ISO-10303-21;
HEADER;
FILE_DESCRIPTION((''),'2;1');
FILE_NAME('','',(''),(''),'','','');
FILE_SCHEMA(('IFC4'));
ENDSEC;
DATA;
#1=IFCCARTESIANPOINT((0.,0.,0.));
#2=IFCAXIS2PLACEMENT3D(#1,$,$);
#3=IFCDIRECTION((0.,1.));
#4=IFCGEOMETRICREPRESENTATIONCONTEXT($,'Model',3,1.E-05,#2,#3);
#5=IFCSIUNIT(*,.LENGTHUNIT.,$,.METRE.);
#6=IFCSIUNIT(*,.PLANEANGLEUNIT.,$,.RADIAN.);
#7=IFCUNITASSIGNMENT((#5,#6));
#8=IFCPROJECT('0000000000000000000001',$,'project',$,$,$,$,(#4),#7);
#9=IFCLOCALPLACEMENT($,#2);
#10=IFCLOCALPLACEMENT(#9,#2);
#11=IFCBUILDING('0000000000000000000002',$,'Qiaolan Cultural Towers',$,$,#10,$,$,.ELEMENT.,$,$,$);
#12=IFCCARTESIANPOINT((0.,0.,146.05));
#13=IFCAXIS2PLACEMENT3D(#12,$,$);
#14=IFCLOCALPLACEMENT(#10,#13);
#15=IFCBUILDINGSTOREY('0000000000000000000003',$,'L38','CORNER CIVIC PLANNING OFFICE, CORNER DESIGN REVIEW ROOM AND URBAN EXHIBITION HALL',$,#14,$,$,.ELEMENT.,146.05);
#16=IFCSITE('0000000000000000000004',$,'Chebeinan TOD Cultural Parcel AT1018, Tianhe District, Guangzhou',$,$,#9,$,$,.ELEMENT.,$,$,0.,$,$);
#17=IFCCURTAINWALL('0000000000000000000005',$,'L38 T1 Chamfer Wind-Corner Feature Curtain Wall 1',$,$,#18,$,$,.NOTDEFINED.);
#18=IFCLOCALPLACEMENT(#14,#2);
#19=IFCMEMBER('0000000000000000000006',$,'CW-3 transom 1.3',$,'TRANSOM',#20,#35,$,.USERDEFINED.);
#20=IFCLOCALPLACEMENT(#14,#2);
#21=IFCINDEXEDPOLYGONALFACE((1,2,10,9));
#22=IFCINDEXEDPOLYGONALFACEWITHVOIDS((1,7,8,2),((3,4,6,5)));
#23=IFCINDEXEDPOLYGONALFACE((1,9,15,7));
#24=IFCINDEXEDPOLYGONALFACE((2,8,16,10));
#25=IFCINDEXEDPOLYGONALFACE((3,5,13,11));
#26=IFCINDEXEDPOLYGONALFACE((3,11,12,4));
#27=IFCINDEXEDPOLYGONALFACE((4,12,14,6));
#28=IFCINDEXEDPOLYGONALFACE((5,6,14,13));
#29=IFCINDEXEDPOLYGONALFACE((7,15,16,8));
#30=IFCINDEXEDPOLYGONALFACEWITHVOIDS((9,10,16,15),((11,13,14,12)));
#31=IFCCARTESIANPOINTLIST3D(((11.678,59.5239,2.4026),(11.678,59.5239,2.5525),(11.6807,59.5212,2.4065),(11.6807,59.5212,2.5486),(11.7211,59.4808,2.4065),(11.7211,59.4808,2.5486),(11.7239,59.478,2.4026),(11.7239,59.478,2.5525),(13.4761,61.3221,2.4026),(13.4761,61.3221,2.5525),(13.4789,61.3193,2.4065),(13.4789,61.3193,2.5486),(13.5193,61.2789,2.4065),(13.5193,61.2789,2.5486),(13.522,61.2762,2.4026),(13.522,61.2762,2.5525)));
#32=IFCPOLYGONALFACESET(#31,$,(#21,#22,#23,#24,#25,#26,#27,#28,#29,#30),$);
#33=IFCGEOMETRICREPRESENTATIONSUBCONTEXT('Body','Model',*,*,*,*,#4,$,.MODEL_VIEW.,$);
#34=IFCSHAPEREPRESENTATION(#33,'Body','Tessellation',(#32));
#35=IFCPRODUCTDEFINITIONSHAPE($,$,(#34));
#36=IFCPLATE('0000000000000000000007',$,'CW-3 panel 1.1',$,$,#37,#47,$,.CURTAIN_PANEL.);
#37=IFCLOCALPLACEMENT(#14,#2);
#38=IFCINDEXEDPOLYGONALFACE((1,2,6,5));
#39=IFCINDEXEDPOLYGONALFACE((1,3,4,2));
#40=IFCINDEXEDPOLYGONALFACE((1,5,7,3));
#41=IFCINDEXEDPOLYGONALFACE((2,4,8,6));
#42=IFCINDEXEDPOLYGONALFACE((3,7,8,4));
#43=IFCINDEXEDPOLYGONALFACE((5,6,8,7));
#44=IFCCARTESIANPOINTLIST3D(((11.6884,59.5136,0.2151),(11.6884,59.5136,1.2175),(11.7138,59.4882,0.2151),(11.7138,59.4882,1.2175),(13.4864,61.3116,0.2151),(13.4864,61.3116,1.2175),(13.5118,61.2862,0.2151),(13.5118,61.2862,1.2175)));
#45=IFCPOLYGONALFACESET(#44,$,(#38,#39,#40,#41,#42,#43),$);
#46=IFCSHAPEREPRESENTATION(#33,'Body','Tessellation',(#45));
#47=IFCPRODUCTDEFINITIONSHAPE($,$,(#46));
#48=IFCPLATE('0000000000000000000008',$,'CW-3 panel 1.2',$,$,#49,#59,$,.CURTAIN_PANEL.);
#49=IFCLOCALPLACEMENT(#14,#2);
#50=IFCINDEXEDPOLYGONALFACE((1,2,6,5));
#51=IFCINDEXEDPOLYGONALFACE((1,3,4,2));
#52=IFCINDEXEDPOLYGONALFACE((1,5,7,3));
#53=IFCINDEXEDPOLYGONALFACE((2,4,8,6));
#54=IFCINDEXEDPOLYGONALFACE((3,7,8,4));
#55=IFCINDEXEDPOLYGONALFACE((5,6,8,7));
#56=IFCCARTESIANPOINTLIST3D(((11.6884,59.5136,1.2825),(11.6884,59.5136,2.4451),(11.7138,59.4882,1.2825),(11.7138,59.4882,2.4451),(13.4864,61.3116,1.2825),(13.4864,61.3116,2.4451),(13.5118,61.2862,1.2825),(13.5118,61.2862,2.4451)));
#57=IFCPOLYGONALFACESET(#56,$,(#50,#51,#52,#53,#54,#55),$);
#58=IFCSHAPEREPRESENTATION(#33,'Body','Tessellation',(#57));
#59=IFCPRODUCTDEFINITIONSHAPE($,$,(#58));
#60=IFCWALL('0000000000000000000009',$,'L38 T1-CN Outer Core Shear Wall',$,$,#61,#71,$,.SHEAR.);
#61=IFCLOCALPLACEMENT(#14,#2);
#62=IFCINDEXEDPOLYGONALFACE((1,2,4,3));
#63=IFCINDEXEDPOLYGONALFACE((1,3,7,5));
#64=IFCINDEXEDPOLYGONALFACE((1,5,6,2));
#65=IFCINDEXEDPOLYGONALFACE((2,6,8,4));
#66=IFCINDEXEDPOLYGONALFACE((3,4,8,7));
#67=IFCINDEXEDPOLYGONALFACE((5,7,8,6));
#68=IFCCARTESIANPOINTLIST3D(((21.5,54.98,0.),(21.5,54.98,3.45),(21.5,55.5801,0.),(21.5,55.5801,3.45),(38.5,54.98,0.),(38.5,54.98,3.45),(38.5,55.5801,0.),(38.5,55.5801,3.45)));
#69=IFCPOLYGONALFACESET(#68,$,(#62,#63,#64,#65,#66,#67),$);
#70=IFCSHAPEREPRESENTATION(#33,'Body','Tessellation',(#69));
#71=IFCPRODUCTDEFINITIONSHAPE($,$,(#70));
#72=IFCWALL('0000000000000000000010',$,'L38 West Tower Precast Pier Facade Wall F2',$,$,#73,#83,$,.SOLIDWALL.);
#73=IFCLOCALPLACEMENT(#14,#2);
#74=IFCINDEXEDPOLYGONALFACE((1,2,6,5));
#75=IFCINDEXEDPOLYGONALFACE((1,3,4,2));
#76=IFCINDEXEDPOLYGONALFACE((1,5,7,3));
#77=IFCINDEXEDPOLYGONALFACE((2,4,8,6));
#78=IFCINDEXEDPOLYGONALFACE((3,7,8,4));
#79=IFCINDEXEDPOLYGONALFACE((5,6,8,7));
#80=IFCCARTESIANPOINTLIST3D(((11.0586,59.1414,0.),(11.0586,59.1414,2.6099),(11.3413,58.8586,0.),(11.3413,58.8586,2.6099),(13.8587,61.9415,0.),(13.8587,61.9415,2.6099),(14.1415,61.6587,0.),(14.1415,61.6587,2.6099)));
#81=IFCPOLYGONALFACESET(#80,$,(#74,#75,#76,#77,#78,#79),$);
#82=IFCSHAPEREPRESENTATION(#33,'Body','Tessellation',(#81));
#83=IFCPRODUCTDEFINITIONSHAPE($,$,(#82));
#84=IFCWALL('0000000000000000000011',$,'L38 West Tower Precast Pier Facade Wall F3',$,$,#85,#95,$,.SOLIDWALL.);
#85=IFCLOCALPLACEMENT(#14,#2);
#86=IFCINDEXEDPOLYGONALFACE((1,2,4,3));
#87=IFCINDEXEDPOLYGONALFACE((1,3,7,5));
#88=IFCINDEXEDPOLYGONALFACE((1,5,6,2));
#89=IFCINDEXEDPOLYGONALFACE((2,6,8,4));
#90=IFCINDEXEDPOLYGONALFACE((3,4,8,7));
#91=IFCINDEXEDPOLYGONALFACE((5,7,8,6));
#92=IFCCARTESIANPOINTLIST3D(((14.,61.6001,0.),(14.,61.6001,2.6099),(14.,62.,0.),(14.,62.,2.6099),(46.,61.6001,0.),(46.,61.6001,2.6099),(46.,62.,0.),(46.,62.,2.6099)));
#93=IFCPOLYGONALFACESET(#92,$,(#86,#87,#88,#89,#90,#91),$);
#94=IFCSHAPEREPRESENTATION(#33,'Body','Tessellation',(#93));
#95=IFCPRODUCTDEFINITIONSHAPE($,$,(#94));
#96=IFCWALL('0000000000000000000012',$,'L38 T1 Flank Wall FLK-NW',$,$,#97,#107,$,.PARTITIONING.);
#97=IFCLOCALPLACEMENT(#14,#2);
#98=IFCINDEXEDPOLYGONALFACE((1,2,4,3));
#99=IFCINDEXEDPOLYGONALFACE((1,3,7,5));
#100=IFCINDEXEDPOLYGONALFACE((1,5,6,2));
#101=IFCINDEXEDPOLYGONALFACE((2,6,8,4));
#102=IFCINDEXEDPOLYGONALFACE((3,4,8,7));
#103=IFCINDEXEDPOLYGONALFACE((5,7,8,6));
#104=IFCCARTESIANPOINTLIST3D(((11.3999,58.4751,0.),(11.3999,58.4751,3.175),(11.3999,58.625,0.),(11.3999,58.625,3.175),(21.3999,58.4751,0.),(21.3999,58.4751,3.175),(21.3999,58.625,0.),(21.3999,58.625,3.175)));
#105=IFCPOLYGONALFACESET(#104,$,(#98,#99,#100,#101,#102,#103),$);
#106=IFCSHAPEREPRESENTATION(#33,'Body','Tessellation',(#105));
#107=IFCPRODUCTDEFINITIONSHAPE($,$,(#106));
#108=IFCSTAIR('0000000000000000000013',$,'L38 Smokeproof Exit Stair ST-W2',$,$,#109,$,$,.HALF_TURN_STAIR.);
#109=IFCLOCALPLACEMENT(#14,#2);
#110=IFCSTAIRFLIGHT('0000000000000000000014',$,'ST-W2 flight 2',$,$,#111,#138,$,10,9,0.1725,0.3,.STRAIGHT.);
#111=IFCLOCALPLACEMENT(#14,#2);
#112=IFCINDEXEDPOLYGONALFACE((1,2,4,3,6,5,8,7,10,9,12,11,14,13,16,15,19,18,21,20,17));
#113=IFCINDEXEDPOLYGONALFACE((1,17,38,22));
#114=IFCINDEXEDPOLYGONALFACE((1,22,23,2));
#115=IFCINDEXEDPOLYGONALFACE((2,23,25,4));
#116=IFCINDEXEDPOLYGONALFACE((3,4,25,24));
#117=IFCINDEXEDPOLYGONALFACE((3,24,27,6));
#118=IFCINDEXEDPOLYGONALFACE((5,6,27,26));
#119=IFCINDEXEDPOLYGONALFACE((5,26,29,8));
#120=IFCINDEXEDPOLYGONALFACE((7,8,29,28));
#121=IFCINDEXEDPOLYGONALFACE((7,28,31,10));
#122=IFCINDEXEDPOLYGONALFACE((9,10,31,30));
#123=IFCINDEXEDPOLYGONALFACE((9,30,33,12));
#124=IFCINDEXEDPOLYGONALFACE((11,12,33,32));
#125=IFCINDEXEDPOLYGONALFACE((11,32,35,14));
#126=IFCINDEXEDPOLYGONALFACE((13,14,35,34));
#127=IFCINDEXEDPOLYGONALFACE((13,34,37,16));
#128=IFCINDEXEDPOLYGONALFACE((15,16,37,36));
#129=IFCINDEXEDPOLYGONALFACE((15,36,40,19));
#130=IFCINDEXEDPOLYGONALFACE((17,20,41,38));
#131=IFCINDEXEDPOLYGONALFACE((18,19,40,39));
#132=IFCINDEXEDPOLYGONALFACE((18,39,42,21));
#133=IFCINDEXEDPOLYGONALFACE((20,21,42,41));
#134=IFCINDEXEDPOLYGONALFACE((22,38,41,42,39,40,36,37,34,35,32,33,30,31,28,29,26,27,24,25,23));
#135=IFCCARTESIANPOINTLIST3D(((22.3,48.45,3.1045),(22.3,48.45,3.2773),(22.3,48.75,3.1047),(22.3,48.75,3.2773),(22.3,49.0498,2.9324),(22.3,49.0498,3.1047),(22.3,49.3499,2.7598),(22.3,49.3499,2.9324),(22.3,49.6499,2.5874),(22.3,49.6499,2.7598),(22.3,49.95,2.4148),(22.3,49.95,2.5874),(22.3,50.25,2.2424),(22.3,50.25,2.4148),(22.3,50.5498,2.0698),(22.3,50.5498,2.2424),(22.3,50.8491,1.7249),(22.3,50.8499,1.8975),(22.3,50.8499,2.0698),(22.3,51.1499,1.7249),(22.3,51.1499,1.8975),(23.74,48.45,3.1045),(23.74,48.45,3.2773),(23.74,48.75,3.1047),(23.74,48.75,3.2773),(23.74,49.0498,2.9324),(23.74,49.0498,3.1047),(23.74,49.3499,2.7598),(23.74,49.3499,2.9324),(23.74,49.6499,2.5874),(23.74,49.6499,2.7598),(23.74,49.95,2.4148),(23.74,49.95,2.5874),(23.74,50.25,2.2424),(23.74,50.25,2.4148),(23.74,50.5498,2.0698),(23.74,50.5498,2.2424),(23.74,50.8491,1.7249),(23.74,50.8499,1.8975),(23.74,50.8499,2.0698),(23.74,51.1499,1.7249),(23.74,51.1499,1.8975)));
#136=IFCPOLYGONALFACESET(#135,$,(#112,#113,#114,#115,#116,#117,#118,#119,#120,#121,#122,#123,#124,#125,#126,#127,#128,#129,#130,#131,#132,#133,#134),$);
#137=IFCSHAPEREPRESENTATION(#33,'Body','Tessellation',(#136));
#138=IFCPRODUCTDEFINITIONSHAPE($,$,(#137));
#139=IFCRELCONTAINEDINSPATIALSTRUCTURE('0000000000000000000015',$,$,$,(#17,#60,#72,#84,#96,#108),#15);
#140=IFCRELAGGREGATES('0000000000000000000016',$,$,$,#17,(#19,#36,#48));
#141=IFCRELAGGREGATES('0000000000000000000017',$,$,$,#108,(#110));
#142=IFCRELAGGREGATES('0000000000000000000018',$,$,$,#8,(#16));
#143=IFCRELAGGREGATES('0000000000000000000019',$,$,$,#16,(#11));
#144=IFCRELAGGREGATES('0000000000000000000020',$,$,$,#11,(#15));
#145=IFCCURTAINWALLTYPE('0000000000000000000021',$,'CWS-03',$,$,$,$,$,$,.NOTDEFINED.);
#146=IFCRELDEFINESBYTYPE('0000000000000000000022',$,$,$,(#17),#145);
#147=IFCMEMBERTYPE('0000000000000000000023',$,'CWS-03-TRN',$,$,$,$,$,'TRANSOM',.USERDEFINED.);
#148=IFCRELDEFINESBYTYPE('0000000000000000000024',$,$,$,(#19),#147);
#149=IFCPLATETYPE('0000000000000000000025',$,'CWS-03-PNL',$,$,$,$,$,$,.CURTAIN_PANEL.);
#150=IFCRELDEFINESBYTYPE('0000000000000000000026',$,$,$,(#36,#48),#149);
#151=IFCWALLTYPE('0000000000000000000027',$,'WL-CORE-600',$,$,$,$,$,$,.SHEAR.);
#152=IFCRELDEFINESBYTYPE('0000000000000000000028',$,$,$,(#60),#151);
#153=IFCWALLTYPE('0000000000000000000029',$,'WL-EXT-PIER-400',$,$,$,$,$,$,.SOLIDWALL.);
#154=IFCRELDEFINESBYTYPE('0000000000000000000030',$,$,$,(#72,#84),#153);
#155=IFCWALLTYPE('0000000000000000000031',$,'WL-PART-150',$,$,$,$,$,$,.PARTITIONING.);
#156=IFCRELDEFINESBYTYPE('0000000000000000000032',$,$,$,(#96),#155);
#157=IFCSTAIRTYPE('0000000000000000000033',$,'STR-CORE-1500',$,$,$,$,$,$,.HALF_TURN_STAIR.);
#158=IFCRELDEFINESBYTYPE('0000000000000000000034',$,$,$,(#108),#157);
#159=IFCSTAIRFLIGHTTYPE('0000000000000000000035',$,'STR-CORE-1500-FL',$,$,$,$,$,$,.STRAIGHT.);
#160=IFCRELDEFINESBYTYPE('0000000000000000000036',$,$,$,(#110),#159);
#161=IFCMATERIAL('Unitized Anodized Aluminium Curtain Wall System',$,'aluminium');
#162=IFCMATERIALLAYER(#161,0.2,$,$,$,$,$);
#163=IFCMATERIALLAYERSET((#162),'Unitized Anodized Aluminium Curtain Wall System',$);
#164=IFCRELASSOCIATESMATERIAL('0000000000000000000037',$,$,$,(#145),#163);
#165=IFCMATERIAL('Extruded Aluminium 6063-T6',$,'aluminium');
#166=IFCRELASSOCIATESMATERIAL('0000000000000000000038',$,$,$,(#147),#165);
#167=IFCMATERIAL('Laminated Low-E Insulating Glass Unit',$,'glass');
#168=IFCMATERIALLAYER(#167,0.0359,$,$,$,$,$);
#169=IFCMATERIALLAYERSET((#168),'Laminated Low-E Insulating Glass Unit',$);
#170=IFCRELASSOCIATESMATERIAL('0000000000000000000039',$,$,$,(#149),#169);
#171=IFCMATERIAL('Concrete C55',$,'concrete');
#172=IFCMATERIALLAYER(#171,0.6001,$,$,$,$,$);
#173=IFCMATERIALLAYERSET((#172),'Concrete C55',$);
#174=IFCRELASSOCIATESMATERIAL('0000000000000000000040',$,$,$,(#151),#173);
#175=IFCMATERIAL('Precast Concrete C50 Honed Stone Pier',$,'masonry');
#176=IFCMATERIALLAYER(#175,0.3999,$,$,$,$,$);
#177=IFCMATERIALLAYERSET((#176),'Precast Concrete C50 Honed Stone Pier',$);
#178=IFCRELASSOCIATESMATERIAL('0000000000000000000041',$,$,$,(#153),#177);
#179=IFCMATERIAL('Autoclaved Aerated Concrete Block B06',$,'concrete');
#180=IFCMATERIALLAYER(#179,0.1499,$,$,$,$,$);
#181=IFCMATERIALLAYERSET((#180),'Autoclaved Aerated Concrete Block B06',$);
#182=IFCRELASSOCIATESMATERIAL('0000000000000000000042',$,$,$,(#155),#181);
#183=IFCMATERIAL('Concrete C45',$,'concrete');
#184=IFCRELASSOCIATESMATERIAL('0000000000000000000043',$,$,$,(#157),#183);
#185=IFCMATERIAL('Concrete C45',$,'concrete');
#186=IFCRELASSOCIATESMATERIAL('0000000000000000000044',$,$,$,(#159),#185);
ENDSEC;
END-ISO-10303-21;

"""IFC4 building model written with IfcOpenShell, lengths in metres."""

from ifc_helpers import new_model, si_unit, direction, frame, frame_2d, origin, origin_2d, place, context, subcontext, project, spatial, polyline, rectangle, hollow_rectangle, outline, extrude, material, layer, layer_set, material_profile, profile_set, type_object, element, aggregate, save


model = new_model("IFC4")

# Units and contexts
model_context = context("Model", 3, precision=1e-05, world=origin(), true_north=direction((0.0, 1.0)))
body_context = subcontext(model_context, "Body", "Model", "MODEL_VIEW")
ifc_project = project(units=[si_unit("LENGTHUNIT", "METRE"), si_unit("PLANEANGLEUNIT", "RADIAN")], contexts=[model_context])

# Site, building, storey
site_placement = place(None, origin())
site = spatial("IfcSite", under=ifc_project, at=site_placement, Name="Chebeinan TOD Cultural Parcel AT1018, Tianhe District, Guangzhou", CompositionType="ELEMENT", RefElevation=0.0)
building_placement = place(site_placement, origin())
building = spatial("IfcBuilding", under=site, at=building_placement, Name="Qiaolan Cultural Towers", CompositionType="ELEMENT")
storey_placement = place(building_placement, frame((0.0, 0.0, 146.05)))
storey = spatial("IfcBuildingStorey", under=building, at=storey_placement, Name="L38", Description="CORNER CIVIC PLANNING OFFICE, CORNER DESIGN REVIEW ROOM AND URBAN EXHIBITION HALL", CompositionType="ELEMENT", Elevation=146.05)

# Curtain wall, member, plates
ifc_material_1 = material(Name="Unitized Anodized Aluminium Curtain Wall System", Category="aluminium")
ifc_layer_1 = layer(ifc_material_1, 0.2)
ifc_layer_set_1 = layer_set([ifc_layer_1], Name="Unitized Anodized Aluminium Curtain Wall System")
curtain_wall_type = type_object("IfcCurtainWallType", Name="CWS-03", PredefinedType="NOTDEFINED", material=ifc_layer_set_1)
curtain_wall_placement = place(storey_placement, origin())
curtain_wall = element("IfcCurtainWall", 1, at=curtain_wall_placement, inside=storey, type_object=curtain_wall_type, Name="L38 T1 Chamfer Wind-Corner Feature Curtain Wall 1", PredefinedType="NOTDEFINED")
ifc_material_2 = material(Name="Extruded Aluminium 6063-T6", Category="aluminium")
ifc_material_profile_1 = material_profile(ifc_material_2, hollow_rectangle(XDim=0.0649, YDim=0.1499, WallThickness=0.0039, at=origin_2d()), Name="CWT-150x65x4")
ifc_profile_set_1 = profile_set([ifc_material_profile_1], Name="Extruded Aluminium 6063-T6")
member_type_1 = type_object("IfcMemberType", Name="CWS-03-TRN", ElementType="TRANSOM", PredefinedType="USERDEFINED", material=ifc_profile_set_1)
member_1_placement = place(storey_placement, frame((11.7009, 59.501, 2.4775), z_axis=(0.707107, 0.707107, 0.0), x_axis=(-0.707107, 0.707107, 0.0)))
member_1 = element("IfcMember", 2, at=member_1_placement, type_object=member_type_1, Name="CW-3 transom 1.3", ObjectType="TRANSOM", PredefinedType="USERDEFINED", context=body_context, shape_type="SweptSolid", body=[
    extrude(hollow_rectangle(XDim=0.0649, YDim=0.1499, WallThickness=0.0039, at=origin_2d()), origin(), (0.0, 0.0, 1.0), 2.543),
])
ifc_material_3 = material(Name="Laminated Low-E Insulating Glass Unit", Category="glass")
ifc_layer_2 = layer(ifc_material_3, 0.0359)
ifc_layer_set_2 = layer_set([ifc_layer_2], Name="Laminated Low-E Insulating Glass Unit")
plate_type = type_object("IfcPlateType", Name="CWS-03-PNL", PredefinedType="CURTAIN_PANEL", material=ifc_layer_set_2)
plate_1_placement = place(storey_placement, frame((12.6001, 60.3999, 0.2151), z_axis=(0.0, 0.0, 1.0), x_axis=(0.707107, 0.707107, 0.0)))
plate_1 = element("IfcPlate", 3, at=plate_1_placement, type_object=plate_type, Name="CW-3 panel 1.1", PredefinedType="CURTAIN_PANEL", context=body_context, shape_type="SweptSolid", body=[
    extrude(rectangle(XDim=2.5427, YDim=0.0359, at=origin_2d()), origin(), (0.0, 0.0, 1.0), 1.0024),
])
plate_2_placement = place(storey_placement, frame((12.6001, 60.3999, 1.2825), z_axis=(0.0, 0.0, 1.0), x_axis=(0.707107, 0.707107, 0.0)))
plate_2 = element("IfcPlate", 4, at=plate_2_placement, type_object=plate_type, Name="CW-3 panel 1.2", PredefinedType="CURTAIN_PANEL", context=body_context, shape_type="SweptSolid", body=[
    extrude(rectangle(XDim=2.5427, YDim=0.0359, at=origin_2d()), origin(), (0.0, 0.0, 1.0), 1.1626),
])
aggregate(curtain_wall, [member_1, plate_1, plate_2])

# Walls
ifc_material_4 = material(Name="Concrete C55", Category="concrete")
ifc_layer_3 = layer(ifc_material_4, 0.6001)
ifc_layer_set_3 = layer_set([ifc_layer_3], Name="Concrete C55")
wall_type_1 = type_object("IfcWallType", Name="WL-CORE-600", PredefinedType="SHEAR", material=ifc_layer_set_3)
wall_1_placement = place(storey_placement, frame((21.5, 55.28, 0.0), z_axis=(0.0, 0.0, 1.0), x_axis=(1.0, 0.0, 0.0)))
element("IfcWall", 5, at=wall_1_placement, inside=storey, type_object=wall_type_1, Name="L38 T1-CN Outer Core Shear Wall", PredefinedType="SHEAR", context=body_context, shape_type="SweptSolid", body=[
    extrude(rectangle(XDim=17.0, YDim=0.6001, at=frame_2d((8.5, 0.0))), origin(), (0.0, 0.0, 1.0), 3.45),
])
ifc_material_5 = material(Name="Precast Concrete C50 Honed Stone Pier", Category="masonry")
ifc_layer_4 = layer(ifc_material_5, 0.3999)
ifc_layer_set_4 = layer_set([ifc_layer_4], Name="Precast Concrete C50 Honed Stone Pier")
wall_type_2 = type_object("IfcWallType", Name="WL-EXT-PIER-400", PredefinedType="SOLIDWALL", material=ifc_layer_set_4)
wall_2_placement = place(storey_placement, frame((11.2, 59.0, 0.0), z_axis=(0.0, 0.0, 1.0), x_axis=(0.707107, 0.707107, 0.0)))
element("IfcWall", 6, at=wall_2_placement, inside=storey, type_object=wall_type_2, Name="L38 West Tower Precast Pier Facade Wall F2", PredefinedType="SOLIDWALL", context=body_context, shape_type="SweptSolid", body=[
    extrude(rectangle(XDim=3.96, YDim=0.3999, at=frame_2d((1.98, 0.0))), origin(), (0.0, 0.0, 1.0), 2.6099),
])
wall_3_placement = place(storey_placement, frame((14.0, 61.8, 0.0), z_axis=(0.0, 0.0, 1.0), x_axis=(1.0, 0.0, 0.0)))
element("IfcWall", 7, at=wall_3_placement, inside=storey, type_object=wall_type_2, Name="L38 West Tower Precast Pier Facade Wall F3", PredefinedType="SOLIDWALL", context=body_context, shape_type="SweptSolid", body=[
    extrude(rectangle(XDim=32.0, YDim=0.3999, at=frame_2d((16.0, 0.0))), origin(), (0.0, 0.0, 1.0), 2.6099),
])
ifc_material_6 = material(Name="Autoclaved Aerated Concrete Block B06", Category="concrete")
ifc_layer_5 = layer(ifc_material_6, 0.1499)
ifc_layer_set_5 = layer_set([ifc_layer_5], Name="Autoclaved Aerated Concrete Block B06")
wall_type_3 = type_object("IfcWallType", Name="WL-PART-150", PredefinedType="PARTITIONING", material=ifc_layer_set_5)
wall_4_placement = place(storey_placement, frame((11.3999, 58.55, 0.0), z_axis=(0.0, 0.0, 1.0), x_axis=(1.0, 0.0, 0.0)))
element("IfcWall", 8, at=wall_4_placement, inside=storey, type_object=wall_type_3, Name="L38 T1 Flank Wall FLK-NW", PredefinedType="PARTITIONING", context=body_context, shape_type="SweptSolid", body=[
    extrude(rectangle(XDim=10.0, YDim=0.1499, at=frame_2d((5.0, 0.0))), origin(), (0.0, 0.0, 1.0), 3.175),
])

# Stair, stair flight
ifc_material_7 = material(Name="Concrete C45", Category="concrete")
stair_type = type_object("IfcStairType", Name="STR-CORE-1500", PredefinedType="HALF_TURN_STAIR", material=ifc_material_7)
stair_placement = place(storey_placement, origin())
stair = element("IfcStair", 9, at=stair_placement, inside=storey, type_object=stair_type, Name="L38 Smokeproof Exit Stair ST-W2", PredefinedType="HALF_TURN_STAIR")
ifc_material_8 = material(Name="Concrete C45", Category="concrete")
stair_flight_type = type_object("IfcStairFlightType", Name="STR-CORE-1500-FL", PredefinedType="STRAIGHT", material=ifc_material_8)
stair_flight_placement = place(storey_placement, frame((23.02, 51.1499, 1.7249), z_axis=(0.0, 0.0, 1.0), x_axis=(0.0, -1.0, 0.0)))
stair_flight = element("IfcStairFlight", 10, at=stair_flight_placement, type_object=stair_flight_type, Name="ST-W2 flight 2", NumberOfRisers=10, NumberOfTreads=9, PredefinedType="STRAIGHT", RiserHeight=0.1725, TreadLength=0.3, context=body_context, shape_type="SweptSolid", body=[
    extrude(outline(polyline([(0.0, 0.0), (0.0, 0.1726), (0.3, 0.1726), (0.3, 0.345), (0.6001, 0.345), (0.6001, 0.5176), (0.8999, 0.5176), (0.8999, 0.6899), (1.2, 0.6899), (1.2, 0.8625), (1.5, 0.8625), (1.5, 1.0349), (1.8, 1.0349), (1.8, 1.2075), (2.1001, 1.2075), (2.1001, 1.3799), (2.3999, 1.3799), (2.3999, 1.5525), (2.7, 1.5525), (2.7, 1.7251), (2.7, 1.3796), (0.3008, 0.0), (0.0, 0.0)])), frame((0.0, 0.72, 0.0), z_axis=(0.0, -1.0, 0.0), x_axis=(1.0, 0.0, 0.0)), (0.0, 0.0, 1.0), 1.4399),
])
aggregate(stair, [stair_flight])

save(model, "model.ifc")
